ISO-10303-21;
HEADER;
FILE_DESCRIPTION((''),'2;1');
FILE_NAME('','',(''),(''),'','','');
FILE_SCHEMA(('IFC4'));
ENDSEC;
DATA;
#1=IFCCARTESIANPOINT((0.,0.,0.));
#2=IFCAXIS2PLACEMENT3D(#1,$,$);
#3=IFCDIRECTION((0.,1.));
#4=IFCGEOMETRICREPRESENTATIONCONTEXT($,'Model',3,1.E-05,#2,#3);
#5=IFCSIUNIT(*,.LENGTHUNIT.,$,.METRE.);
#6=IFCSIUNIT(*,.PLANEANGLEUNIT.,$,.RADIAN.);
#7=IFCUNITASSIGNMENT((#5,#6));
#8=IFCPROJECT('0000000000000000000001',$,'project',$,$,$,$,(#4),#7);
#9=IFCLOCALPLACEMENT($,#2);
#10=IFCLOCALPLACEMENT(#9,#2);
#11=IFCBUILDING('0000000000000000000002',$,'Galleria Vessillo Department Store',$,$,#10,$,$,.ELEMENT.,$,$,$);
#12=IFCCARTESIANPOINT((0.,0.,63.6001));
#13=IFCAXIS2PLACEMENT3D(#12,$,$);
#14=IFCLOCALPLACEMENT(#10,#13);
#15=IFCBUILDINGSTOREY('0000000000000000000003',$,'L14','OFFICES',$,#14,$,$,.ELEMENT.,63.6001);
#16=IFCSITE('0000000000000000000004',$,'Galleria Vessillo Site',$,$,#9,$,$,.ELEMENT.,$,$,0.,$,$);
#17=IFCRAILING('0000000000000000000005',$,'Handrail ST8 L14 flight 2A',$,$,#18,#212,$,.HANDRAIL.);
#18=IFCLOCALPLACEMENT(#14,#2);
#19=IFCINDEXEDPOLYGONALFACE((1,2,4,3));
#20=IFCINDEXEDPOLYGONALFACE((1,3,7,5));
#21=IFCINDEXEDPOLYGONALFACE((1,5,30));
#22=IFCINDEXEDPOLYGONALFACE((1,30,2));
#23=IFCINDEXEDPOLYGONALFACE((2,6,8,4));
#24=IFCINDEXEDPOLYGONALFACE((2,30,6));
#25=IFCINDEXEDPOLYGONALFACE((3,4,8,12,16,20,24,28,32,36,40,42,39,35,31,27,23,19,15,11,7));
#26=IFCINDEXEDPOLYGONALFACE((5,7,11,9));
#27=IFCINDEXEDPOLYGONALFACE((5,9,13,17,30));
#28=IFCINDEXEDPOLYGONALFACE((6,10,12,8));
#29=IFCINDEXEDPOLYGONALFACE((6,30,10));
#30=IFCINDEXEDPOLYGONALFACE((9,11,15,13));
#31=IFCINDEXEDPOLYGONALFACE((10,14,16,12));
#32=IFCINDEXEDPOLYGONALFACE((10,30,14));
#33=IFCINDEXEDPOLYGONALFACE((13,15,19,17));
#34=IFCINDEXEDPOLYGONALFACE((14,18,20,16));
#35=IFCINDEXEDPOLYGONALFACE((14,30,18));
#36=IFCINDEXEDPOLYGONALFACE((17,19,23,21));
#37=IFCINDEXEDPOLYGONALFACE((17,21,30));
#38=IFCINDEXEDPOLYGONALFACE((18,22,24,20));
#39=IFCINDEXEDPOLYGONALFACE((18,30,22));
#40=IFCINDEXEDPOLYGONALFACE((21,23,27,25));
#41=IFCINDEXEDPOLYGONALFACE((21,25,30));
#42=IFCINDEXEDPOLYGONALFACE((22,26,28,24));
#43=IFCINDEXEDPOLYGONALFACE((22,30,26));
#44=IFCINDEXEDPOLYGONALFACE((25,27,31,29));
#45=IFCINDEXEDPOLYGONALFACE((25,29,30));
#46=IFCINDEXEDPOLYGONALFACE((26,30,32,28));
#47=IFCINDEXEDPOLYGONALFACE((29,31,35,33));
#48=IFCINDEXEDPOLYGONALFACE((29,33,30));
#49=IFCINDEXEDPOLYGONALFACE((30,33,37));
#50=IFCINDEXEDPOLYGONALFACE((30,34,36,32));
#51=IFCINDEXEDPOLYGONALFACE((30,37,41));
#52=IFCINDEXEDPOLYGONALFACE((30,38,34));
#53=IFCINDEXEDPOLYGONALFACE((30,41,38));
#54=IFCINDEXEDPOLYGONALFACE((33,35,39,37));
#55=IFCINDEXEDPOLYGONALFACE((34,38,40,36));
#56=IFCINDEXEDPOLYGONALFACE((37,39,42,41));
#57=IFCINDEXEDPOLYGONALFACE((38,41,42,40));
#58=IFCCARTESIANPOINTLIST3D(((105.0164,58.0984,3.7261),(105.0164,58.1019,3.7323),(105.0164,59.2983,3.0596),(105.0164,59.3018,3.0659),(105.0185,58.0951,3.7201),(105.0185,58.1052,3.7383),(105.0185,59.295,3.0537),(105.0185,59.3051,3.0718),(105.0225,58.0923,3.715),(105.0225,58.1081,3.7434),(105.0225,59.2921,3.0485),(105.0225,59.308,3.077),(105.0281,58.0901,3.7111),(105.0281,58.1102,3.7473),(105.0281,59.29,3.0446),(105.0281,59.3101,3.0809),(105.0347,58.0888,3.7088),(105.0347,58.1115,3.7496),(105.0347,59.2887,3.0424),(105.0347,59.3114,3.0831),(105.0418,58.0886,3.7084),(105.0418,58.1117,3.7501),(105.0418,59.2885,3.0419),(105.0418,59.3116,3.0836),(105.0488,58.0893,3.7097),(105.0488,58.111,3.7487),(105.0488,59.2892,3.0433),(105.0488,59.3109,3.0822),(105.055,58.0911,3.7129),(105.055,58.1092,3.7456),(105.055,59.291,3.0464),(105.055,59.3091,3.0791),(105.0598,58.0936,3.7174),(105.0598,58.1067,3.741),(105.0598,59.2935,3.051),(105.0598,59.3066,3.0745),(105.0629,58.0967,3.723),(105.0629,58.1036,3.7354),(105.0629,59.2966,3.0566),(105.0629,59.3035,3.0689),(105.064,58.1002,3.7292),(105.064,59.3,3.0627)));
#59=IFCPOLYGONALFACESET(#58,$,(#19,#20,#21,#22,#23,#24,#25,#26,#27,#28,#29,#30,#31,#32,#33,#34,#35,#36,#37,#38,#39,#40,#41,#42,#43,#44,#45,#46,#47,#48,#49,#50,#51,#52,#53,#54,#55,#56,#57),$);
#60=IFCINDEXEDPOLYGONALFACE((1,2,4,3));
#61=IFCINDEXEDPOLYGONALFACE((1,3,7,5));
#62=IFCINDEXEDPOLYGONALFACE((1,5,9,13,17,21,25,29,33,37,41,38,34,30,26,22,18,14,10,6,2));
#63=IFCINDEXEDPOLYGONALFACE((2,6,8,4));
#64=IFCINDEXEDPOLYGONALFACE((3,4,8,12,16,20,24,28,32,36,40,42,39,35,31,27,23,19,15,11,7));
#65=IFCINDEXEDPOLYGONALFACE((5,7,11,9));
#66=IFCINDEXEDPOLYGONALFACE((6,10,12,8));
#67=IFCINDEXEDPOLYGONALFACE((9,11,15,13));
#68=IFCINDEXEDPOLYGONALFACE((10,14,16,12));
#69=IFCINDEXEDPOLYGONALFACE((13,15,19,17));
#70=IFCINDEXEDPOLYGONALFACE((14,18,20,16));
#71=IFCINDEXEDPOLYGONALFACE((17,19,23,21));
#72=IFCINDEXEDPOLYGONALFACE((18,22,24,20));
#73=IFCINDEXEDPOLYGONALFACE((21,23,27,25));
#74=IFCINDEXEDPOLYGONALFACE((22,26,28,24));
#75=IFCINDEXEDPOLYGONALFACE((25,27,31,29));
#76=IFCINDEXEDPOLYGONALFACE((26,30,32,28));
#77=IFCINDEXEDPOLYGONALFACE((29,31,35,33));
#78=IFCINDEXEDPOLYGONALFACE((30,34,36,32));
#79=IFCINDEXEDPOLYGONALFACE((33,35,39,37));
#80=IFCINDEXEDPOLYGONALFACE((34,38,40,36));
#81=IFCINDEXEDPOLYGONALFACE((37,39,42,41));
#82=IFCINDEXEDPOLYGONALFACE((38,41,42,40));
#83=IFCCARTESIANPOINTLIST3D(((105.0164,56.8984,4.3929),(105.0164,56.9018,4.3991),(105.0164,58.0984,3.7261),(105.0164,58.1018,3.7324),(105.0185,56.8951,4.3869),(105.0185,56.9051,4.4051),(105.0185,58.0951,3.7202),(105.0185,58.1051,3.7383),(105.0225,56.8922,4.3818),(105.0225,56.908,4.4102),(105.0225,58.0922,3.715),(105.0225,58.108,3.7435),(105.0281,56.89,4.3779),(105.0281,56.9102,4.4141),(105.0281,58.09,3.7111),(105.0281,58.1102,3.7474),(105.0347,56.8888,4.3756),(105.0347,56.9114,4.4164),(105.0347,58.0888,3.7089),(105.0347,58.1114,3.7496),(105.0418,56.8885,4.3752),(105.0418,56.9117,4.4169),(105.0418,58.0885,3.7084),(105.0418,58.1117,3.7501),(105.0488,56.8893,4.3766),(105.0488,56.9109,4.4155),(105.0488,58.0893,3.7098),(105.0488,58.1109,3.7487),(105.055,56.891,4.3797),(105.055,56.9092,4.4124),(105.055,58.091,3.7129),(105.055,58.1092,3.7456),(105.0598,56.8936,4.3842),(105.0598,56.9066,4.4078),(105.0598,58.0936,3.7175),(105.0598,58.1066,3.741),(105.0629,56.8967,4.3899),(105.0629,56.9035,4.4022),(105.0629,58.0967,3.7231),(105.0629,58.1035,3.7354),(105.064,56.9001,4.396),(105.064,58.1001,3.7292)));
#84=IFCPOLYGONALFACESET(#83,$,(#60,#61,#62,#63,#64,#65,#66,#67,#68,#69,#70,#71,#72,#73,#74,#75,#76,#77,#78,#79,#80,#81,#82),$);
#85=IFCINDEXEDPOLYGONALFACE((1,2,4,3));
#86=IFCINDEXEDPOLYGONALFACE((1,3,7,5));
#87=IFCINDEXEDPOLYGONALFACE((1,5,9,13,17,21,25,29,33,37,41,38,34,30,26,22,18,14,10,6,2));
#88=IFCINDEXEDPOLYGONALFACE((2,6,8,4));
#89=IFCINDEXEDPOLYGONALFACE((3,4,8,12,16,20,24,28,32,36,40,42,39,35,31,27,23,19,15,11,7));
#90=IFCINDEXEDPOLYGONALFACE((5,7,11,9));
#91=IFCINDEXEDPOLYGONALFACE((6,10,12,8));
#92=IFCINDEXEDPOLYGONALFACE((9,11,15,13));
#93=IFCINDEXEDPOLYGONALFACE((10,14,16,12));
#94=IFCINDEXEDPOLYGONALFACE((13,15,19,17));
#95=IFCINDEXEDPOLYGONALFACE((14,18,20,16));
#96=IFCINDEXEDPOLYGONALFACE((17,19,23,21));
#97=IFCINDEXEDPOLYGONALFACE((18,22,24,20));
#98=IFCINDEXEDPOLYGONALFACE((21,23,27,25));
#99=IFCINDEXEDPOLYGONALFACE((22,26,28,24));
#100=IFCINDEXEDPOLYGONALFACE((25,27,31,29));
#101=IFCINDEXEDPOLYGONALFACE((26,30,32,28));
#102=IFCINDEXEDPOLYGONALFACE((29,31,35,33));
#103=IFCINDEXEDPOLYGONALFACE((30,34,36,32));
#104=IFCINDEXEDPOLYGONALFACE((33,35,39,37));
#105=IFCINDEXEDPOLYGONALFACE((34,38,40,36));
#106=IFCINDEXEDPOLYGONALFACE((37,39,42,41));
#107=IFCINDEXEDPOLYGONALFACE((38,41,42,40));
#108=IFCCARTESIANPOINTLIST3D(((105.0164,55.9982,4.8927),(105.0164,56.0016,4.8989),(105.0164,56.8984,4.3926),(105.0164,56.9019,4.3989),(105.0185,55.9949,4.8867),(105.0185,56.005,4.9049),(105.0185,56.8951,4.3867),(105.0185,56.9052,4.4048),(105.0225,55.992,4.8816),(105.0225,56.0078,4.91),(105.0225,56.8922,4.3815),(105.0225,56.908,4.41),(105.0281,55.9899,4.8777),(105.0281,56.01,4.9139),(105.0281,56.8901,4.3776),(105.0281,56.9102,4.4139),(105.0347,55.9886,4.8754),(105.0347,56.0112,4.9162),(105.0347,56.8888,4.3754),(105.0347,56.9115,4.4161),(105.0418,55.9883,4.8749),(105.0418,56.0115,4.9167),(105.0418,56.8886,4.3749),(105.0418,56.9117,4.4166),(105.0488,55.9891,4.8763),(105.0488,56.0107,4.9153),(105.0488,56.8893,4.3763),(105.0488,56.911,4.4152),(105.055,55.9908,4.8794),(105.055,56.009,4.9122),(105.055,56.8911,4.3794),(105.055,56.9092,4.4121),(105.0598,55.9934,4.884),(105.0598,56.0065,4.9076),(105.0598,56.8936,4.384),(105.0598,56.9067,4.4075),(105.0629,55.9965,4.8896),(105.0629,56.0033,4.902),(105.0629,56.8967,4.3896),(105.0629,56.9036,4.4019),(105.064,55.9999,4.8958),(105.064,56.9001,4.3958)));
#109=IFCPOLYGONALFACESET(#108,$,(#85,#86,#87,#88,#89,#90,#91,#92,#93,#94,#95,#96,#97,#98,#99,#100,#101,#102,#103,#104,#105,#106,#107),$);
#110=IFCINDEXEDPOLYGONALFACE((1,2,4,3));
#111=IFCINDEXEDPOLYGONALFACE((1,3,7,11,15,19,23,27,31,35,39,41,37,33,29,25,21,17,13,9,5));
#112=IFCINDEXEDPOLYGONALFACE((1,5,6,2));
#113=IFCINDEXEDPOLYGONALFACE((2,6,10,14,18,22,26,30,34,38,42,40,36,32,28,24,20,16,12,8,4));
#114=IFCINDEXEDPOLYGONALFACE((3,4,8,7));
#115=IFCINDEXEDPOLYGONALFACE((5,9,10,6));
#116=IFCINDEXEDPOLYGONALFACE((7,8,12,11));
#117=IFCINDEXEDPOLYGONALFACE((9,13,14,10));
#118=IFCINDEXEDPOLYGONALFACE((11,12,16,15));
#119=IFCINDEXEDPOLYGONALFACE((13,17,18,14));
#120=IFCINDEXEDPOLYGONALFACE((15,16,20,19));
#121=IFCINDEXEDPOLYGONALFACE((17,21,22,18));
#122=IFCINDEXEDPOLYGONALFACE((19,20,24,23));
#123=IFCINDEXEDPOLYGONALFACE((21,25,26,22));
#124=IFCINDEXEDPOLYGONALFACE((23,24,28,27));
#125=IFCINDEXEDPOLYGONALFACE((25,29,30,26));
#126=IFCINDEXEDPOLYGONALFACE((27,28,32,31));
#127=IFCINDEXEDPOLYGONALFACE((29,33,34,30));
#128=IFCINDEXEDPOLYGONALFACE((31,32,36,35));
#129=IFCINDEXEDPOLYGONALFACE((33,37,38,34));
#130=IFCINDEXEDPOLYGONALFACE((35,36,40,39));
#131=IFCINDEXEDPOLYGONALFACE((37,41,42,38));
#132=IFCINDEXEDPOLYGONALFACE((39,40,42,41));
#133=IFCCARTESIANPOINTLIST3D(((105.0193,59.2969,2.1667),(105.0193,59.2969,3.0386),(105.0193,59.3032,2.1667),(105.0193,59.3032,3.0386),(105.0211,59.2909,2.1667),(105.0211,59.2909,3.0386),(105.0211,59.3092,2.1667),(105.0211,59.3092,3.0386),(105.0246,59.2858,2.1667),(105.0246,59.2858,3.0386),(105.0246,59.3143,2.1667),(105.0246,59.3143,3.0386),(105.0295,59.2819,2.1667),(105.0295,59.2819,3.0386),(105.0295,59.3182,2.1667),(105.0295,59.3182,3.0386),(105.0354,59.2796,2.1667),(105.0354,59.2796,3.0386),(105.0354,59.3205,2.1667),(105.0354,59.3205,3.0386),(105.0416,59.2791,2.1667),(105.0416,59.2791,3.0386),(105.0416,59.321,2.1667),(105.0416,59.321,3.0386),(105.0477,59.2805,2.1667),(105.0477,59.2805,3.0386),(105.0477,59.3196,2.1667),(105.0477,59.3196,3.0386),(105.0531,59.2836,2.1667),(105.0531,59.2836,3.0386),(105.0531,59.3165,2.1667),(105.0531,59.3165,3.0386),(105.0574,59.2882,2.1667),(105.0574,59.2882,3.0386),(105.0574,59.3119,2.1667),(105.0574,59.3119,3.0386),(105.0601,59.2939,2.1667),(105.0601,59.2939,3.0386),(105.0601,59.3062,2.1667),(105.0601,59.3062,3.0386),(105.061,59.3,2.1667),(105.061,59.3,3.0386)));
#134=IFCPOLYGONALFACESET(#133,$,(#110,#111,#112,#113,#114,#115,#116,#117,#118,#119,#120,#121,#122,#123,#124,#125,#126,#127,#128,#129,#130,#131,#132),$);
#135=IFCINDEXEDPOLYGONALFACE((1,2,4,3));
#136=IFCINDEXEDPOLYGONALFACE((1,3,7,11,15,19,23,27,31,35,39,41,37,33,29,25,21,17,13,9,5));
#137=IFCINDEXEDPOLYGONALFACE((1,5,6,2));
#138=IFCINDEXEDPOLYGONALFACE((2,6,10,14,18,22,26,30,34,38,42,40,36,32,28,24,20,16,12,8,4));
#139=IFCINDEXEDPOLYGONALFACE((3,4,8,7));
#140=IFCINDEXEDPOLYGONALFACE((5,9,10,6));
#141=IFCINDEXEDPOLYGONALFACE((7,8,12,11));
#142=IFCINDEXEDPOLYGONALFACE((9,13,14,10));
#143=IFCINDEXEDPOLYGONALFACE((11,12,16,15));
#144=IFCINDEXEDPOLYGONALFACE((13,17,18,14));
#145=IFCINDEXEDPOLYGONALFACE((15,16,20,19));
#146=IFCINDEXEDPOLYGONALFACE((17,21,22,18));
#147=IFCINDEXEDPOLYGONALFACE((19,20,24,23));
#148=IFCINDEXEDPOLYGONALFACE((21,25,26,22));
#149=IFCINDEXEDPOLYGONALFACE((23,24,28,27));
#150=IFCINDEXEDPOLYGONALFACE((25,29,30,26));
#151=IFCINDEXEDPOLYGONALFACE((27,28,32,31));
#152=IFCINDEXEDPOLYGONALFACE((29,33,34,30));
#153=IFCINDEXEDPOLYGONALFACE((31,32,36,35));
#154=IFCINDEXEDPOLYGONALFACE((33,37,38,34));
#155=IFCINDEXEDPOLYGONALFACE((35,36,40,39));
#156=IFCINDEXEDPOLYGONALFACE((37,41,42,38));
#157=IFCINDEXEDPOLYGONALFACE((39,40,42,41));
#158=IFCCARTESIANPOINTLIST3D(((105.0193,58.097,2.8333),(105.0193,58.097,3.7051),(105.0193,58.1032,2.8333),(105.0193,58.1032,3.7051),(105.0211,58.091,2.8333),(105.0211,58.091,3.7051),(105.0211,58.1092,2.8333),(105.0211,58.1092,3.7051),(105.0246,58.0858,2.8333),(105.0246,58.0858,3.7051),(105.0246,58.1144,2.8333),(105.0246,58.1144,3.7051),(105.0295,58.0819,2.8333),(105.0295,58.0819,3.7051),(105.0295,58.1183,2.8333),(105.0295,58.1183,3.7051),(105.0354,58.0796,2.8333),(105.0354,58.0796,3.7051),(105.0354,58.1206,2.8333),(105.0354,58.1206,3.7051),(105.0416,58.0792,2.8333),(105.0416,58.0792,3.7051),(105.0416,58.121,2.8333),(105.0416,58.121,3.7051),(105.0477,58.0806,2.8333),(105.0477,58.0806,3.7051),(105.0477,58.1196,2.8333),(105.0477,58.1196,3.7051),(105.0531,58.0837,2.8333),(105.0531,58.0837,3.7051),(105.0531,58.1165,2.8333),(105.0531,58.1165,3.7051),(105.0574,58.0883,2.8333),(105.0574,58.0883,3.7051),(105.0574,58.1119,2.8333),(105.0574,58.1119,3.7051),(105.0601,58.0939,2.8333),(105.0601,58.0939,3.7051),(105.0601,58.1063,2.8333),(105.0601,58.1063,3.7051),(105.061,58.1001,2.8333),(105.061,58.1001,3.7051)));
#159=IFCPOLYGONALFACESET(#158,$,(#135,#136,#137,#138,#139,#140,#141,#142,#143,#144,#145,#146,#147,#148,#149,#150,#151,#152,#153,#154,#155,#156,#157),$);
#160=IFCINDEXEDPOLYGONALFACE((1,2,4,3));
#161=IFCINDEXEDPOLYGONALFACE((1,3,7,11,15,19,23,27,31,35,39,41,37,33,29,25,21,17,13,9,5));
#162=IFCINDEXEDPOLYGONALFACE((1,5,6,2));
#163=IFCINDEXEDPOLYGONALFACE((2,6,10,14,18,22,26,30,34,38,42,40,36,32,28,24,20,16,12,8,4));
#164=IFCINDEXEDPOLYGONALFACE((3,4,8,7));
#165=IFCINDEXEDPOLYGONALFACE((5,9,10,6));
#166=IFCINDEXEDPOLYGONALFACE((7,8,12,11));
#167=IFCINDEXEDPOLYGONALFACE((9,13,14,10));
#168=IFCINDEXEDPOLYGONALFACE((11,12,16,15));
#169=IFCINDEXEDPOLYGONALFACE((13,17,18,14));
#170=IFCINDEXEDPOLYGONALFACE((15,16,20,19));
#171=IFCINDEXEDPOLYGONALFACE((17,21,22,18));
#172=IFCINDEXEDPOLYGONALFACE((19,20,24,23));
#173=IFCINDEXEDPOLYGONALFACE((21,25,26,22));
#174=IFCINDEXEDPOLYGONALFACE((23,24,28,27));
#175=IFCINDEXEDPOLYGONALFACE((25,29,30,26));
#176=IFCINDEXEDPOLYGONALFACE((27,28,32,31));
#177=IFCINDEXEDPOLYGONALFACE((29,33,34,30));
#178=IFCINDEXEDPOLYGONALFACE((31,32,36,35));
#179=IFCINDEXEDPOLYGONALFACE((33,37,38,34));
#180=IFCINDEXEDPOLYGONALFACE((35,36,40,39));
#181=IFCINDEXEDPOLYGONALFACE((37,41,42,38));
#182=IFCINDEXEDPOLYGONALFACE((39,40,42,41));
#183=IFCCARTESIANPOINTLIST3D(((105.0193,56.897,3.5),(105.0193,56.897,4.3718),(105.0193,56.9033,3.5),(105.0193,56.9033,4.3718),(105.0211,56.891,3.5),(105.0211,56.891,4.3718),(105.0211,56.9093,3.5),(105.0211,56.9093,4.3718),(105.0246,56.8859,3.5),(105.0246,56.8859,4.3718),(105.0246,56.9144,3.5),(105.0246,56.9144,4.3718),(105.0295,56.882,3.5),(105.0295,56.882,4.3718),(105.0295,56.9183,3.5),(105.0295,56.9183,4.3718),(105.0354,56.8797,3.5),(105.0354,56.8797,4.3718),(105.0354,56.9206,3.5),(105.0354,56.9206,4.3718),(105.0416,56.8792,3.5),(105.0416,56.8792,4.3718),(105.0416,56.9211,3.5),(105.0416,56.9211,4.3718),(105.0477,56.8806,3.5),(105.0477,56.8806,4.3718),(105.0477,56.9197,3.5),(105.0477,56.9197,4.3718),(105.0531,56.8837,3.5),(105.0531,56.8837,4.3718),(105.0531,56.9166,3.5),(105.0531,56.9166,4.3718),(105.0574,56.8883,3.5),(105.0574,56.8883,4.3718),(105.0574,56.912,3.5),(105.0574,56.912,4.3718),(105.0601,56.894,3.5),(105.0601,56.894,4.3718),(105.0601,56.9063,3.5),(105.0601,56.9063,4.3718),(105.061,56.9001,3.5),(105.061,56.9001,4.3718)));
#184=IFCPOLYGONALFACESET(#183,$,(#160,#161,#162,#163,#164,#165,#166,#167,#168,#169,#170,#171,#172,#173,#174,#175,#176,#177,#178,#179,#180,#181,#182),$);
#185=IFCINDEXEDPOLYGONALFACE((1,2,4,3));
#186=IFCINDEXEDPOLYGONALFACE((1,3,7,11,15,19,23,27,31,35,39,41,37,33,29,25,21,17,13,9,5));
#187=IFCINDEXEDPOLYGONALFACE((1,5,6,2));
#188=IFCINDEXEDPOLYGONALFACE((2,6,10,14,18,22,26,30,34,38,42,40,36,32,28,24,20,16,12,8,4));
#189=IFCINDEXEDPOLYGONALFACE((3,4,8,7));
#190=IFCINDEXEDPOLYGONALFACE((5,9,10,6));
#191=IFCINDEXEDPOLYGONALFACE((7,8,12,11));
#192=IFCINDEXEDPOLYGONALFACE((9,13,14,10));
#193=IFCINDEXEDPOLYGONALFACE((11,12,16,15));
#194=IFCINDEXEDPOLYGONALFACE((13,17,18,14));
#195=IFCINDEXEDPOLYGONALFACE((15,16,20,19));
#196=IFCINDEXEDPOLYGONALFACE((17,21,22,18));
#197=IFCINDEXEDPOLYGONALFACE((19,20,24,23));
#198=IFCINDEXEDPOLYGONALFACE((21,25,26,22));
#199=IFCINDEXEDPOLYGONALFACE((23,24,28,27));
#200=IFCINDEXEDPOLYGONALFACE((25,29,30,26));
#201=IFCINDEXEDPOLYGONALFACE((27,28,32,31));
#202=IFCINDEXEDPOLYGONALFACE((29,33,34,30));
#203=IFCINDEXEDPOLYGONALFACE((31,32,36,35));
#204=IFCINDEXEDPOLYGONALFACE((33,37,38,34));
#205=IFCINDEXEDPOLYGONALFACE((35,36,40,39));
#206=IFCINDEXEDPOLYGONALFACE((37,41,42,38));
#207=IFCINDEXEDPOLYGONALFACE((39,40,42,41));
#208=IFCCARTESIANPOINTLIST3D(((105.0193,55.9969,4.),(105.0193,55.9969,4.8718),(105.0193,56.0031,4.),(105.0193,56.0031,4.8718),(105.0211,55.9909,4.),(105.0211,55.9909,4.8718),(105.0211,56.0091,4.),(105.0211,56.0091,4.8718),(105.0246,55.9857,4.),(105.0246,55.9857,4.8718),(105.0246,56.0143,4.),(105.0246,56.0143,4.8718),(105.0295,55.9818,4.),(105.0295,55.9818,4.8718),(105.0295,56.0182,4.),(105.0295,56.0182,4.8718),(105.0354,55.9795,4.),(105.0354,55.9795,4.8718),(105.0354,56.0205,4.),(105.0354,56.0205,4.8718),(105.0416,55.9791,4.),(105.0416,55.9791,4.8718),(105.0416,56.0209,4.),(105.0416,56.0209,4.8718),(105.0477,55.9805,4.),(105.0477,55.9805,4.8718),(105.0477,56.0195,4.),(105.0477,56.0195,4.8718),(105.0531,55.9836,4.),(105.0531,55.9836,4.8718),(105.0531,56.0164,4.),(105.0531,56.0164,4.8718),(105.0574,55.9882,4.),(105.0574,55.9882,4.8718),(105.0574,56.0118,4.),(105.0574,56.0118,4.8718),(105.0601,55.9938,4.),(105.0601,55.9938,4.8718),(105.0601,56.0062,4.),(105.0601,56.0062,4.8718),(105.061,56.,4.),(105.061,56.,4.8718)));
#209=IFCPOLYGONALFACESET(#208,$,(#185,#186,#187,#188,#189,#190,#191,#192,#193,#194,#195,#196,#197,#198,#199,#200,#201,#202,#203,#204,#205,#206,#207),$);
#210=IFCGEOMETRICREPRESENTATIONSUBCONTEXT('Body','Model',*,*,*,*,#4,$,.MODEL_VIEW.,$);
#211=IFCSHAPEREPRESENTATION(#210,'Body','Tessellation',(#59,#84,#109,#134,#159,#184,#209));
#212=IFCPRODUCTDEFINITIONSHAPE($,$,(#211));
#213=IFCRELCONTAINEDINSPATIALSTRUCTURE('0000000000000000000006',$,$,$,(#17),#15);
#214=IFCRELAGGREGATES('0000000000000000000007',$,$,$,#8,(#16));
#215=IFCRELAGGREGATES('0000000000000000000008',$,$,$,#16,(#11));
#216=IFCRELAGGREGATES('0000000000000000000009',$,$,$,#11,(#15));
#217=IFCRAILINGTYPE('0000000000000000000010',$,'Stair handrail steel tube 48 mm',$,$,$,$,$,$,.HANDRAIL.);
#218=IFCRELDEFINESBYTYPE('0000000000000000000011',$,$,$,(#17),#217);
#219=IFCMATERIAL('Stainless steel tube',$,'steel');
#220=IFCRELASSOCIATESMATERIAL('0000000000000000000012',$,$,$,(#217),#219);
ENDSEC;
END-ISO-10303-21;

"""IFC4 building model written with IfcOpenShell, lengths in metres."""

from ifc_helpers import new_model, si_unit, direction, frame, origin, origin_2d, place, context, subcontext, project, spatial, circle, extrude, material, type_object, element, save


model = new_model("IFC4")

# Units and contexts
model_context = context("Model", 3, precision=1e-05, world=origin(), true_north=direction((0.0, 1.0)))
body_context = subcontext(model_context, "Body", "Model", "MODEL_VIEW")
ifc_project = project(units=[si_unit("LENGTHUNIT", "METRE"), si_unit("PLANEANGLEUNIT", "RADIAN")], contexts=[model_context])

# Site, building, storey
site_placement = place(None, origin())
site = spatial("IfcSite", under=ifc_project, at=site_placement, Name="Galleria Vessillo Site", CompositionType="ELEMENT", RefElevation=0.0)
building_placement = place(site_placement, origin())
building = spatial("IfcBuilding", under=site, at=building_placement, Name="Galleria Vessillo Department Store", CompositionType="ELEMENT")
storey_placement = place(building_placement, frame((0.0, 0.0, 63.6001)))
storey = spatial("IfcBuildingStorey", under=building, at=storey_placement, Name="L14", Description="OFFICES", CompositionType="ELEMENT", Elevation=63.6001)

# Railing
ifc_material_1 = material(Name="Stainless steel tube", Category="steel")
railing_type = type_object("IfcRailingType", Name="Stair handrail steel tube 48 mm", PredefinedType="HANDRAIL", material=ifc_material_1)
for number, where, name in (
    (1, (105.04, 59.3, 2.1667), "Handrail ST8 L14 flight 2A"),
):
    element("IfcRailing", number, at=place(storey_placement, frame(where)), inside=storey, type_object=railing_type, Name=name, PredefinedType="HANDRAIL", context=body_context, shape_type="SweptSolid", body=[
        extrude(circle(Radius=0.0239, at=origin_2d()), frame((0.0, 0.0, 0.896), z_axis=(0.0, -0.874199, 0.485567), x_axis=(1.0, 0.0, 0.0)), (0.0, 0.0, 1.0), 1.3726),
        extrude(circle(Radius=0.0239, at=origin_2d()), frame((0.0, -1.2, 1.5625), z_axis=(0.0, -0.874124, 0.485703), x_axis=(1.0, 0.0, 0.0)), (0.0, 0.0, 1.0), 1.3728),
        extrude(circle(Radius=0.0239, at=origin_2d()), frame((0.0, -2.3999, 2.229), z_axis=(0.0, -0.874191, 0.485583), x_axis=(1.0, 0.0, 0.0)), (0.0, 0.0, 1.0), 1.0298),
        extrude(circle(Radius=0.021, at=origin_2d()), origin(), (0.0, 0.0, 1.0), 0.8718),
        extrude(circle(Radius=0.021, at=origin_2d()), frame((0.0, -1.2, 0.6665)), (0.0, 0.0, 1.0), 0.8718),
        extrude(circle(Radius=0.021, at=origin_2d()), frame((0.0, -2.3999, 1.3333)), (0.0, 0.0, 1.0), 0.8718),
        extrude(circle(Radius=0.021, at=origin_2d()), frame((0.0, -3.3, 1.8333)), (0.0, 0.0, 1.0), 0.8718),
    ])

save(model, "model.ifc")
